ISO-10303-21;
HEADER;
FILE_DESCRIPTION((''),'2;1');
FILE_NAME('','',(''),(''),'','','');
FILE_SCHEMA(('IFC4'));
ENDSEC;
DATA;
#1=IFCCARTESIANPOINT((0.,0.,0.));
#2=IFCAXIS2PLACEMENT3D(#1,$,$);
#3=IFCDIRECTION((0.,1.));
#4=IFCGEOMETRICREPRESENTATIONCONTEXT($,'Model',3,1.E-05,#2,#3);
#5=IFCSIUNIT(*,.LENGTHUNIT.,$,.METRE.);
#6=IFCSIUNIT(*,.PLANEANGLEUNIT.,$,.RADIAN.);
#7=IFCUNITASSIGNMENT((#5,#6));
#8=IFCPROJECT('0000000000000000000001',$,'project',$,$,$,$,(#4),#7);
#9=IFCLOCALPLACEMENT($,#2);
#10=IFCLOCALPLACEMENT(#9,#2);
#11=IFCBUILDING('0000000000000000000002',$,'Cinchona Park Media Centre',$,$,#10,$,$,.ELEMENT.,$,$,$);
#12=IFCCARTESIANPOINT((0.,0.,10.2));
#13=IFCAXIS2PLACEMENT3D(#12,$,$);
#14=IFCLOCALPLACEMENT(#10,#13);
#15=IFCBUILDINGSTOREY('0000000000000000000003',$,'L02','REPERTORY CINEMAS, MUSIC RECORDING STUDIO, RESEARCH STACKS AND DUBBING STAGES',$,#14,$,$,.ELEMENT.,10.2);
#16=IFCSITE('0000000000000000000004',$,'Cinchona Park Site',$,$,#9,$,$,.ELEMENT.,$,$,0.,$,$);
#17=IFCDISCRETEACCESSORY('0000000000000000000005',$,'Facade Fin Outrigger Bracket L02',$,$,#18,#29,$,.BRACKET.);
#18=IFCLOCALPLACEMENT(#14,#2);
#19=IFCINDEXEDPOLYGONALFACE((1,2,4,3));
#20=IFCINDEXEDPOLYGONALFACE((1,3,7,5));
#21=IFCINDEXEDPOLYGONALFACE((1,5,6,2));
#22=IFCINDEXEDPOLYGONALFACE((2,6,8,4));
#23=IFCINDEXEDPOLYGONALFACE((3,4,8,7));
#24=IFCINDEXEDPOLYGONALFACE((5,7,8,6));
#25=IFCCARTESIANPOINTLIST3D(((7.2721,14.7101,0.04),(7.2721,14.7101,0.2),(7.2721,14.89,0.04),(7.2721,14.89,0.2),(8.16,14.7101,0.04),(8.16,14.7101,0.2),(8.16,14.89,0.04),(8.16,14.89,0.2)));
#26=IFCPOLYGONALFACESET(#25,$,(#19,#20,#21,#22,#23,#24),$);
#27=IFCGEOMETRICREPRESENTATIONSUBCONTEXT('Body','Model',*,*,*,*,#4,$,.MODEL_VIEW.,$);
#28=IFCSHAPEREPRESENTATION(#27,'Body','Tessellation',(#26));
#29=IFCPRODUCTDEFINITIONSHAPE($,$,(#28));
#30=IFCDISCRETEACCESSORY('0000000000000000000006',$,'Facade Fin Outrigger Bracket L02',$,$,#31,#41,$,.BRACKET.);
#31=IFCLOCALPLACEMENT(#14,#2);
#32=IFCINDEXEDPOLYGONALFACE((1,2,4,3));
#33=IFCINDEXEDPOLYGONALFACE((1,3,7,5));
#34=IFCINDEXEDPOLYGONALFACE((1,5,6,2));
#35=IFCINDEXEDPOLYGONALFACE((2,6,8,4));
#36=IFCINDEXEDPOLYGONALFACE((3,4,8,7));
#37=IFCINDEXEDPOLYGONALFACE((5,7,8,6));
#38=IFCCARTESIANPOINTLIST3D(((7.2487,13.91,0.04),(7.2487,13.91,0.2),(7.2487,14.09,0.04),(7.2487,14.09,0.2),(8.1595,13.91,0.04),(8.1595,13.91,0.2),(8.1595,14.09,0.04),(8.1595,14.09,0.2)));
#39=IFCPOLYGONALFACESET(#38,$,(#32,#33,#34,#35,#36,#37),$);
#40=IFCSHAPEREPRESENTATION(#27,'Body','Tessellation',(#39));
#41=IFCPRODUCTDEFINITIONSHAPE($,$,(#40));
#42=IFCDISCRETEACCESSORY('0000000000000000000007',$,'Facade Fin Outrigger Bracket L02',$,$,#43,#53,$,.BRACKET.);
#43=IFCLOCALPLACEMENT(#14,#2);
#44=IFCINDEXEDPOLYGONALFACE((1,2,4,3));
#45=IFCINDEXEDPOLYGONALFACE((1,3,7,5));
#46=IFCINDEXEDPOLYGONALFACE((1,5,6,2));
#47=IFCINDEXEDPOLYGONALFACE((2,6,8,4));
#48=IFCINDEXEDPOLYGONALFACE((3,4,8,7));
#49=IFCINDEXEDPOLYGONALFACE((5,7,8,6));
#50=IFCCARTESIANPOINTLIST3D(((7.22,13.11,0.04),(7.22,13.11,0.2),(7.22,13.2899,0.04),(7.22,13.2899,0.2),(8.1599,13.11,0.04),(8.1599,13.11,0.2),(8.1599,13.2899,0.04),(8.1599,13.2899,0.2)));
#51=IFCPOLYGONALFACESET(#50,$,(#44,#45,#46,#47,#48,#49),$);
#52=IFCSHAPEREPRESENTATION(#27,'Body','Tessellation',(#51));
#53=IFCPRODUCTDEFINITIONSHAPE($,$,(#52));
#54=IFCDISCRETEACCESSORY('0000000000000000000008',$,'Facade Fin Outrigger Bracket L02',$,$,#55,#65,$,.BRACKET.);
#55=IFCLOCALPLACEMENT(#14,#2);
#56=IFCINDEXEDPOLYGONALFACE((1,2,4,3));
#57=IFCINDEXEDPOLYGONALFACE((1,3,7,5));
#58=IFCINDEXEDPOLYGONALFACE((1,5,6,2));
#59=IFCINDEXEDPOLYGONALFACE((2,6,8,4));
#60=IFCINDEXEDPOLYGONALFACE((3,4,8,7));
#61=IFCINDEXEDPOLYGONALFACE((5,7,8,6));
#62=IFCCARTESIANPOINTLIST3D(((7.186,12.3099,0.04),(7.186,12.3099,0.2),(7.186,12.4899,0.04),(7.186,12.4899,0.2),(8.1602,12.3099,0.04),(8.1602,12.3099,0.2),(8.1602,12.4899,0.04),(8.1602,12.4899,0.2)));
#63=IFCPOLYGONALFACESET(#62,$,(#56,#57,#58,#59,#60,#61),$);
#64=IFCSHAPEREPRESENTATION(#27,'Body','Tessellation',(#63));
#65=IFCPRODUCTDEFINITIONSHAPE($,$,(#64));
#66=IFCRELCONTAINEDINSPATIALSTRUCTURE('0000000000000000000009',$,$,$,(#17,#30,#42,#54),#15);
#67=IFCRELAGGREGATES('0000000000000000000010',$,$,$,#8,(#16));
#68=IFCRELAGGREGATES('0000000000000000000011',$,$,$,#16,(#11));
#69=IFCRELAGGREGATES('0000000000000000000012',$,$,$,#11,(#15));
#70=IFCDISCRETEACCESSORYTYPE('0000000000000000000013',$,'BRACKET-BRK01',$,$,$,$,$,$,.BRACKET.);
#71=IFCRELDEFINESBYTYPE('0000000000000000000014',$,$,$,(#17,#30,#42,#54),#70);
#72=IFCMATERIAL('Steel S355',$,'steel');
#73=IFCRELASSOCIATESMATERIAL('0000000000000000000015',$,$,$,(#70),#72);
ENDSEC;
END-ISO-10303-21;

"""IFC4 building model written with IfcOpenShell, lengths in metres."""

from ifc_helpers import new_model, si_unit, direction, frame, origin, origin_2d, place, context, subcontext, project, spatial, rectangle, extrude, material, type_object, element, save


model = new_model("IFC4")

# Units and contexts
model_context = context("Model", 3, precision=1e-05, world=origin(), true_north=direction((0.0, 1.0)))
body_context = subcontext(model_context, "Body", "Model", "MODEL_VIEW")
ifc_project = project(units=[si_unit("LENGTHUNIT", "METRE"), si_unit("PLANEANGLEUNIT", "RADIAN")], contexts=[model_context])

# Site, building, storey
site_placement = place(None, origin())
site = spatial("IfcSite", under=ifc_project, at=site_placement, Name="Cinchona Park Site", CompositionType="ELEMENT", RefElevation=0.0)
building_placement = place(site_placement, origin())
building = spatial("IfcBuilding", under=site, at=building_placement, Name="Cinchona Park Media Centre", CompositionType="ELEMENT")
storey_placement = place(building_placement, frame((0.0, 0.0, 10.2)))
storey = spatial("IfcBuildingStorey", under=building, at=storey_placement, Name="L02", Description="REPERTORY CINEMAS, MUSIC RECORDING STUDIO, RESEARCH STACKS AND DUBBING STAGES", CompositionType="ELEMENT", Elevation=10.2)

# Discrete accessories
ifc_material_1 = material(Name="Steel S355", Category="steel")
discrete_accessory_type = type_object("IfcDiscreteAccessoryType", Name="BRACKET-BRK01", PredefinedType="BRACKET", material=ifc_material_1)
discrete_accessory_1_placement = place(storey_placement, frame((7.7161, 14.8, 0.04), z_axis=(0.0, 0.0, 1.0), x_axis=(0.0, -1.0, 0.0)))
element("IfcDiscreteAccessory", 1, at=discrete_accessory_1_placement, inside=storey, type_object=discrete_accessory_type, Name="Facade Fin Outrigger Bracket L02", PredefinedType="BRACKET", context=body_context, shape_type="SweptSolid", body=[
    extrude(rectangle(XDim=0.1799, YDim=0.8879, at=origin_2d()), origin(), (0.0, 0.0, 1.0), 0.1599),
])
discrete_accessory_2_placement = place(storey_placement, frame((7.7041, 14.0, 0.04), z_axis=(0.0, 0.0, 1.0), x_axis=(0.0, -1.0, 0.0)))
element("IfcDiscreteAccessory", 2, at=discrete_accessory_2_placement, inside=storey, type_object=discrete_accessory_type, Name="Facade Fin Outrigger Bracket L02", PredefinedType="BRACKET", context=body_context, shape_type="SweptSolid", body=[
    extrude(rectangle(XDim=0.1799, YDim=0.9109, at=origin_2d()), origin(), (0.0, 0.0, 1.0), 0.1599),
])
discrete_accessory_3_placement = place(storey_placement, frame((7.6899, 13.2, 0.04), z_axis=(0.0, 0.0, 1.0), x_axis=(0.0, -1.0, 0.0)))
element("IfcDiscreteAccessory", 3, at=discrete_accessory_3_placement, inside=storey, type_object=discrete_accessory_type, Name="Facade Fin Outrigger Bracket L02", PredefinedType="BRACKET", context=body_context, shape_type="SweptSolid", body=[
    extrude(rectangle(XDim=0.1799, YDim=0.9399, at=origin_2d()), origin(), (0.0, 0.0, 1.0), 0.1599),
])
discrete_accessory_4_placement = place(storey_placement, frame((7.6731, 12.3999, 0.04), z_axis=(0.0, 0.0, 1.0), x_axis=(0.0, -1.0, 0.0)))
element("IfcDiscreteAccessory", 4, at=discrete_accessory_4_placement, inside=storey, type_object=discrete_accessory_type, Name="Facade Fin Outrigger Bracket L02", PredefinedType="BRACKET", context=body_context, shape_type="SweptSolid", body=[
    extrude(rectangle(XDim=0.1799, YDim=0.9741, at=origin_2d()), origin(), (0.0, 0.0, 1.0), 0.1599),
])

save(model, "model.ifc")
